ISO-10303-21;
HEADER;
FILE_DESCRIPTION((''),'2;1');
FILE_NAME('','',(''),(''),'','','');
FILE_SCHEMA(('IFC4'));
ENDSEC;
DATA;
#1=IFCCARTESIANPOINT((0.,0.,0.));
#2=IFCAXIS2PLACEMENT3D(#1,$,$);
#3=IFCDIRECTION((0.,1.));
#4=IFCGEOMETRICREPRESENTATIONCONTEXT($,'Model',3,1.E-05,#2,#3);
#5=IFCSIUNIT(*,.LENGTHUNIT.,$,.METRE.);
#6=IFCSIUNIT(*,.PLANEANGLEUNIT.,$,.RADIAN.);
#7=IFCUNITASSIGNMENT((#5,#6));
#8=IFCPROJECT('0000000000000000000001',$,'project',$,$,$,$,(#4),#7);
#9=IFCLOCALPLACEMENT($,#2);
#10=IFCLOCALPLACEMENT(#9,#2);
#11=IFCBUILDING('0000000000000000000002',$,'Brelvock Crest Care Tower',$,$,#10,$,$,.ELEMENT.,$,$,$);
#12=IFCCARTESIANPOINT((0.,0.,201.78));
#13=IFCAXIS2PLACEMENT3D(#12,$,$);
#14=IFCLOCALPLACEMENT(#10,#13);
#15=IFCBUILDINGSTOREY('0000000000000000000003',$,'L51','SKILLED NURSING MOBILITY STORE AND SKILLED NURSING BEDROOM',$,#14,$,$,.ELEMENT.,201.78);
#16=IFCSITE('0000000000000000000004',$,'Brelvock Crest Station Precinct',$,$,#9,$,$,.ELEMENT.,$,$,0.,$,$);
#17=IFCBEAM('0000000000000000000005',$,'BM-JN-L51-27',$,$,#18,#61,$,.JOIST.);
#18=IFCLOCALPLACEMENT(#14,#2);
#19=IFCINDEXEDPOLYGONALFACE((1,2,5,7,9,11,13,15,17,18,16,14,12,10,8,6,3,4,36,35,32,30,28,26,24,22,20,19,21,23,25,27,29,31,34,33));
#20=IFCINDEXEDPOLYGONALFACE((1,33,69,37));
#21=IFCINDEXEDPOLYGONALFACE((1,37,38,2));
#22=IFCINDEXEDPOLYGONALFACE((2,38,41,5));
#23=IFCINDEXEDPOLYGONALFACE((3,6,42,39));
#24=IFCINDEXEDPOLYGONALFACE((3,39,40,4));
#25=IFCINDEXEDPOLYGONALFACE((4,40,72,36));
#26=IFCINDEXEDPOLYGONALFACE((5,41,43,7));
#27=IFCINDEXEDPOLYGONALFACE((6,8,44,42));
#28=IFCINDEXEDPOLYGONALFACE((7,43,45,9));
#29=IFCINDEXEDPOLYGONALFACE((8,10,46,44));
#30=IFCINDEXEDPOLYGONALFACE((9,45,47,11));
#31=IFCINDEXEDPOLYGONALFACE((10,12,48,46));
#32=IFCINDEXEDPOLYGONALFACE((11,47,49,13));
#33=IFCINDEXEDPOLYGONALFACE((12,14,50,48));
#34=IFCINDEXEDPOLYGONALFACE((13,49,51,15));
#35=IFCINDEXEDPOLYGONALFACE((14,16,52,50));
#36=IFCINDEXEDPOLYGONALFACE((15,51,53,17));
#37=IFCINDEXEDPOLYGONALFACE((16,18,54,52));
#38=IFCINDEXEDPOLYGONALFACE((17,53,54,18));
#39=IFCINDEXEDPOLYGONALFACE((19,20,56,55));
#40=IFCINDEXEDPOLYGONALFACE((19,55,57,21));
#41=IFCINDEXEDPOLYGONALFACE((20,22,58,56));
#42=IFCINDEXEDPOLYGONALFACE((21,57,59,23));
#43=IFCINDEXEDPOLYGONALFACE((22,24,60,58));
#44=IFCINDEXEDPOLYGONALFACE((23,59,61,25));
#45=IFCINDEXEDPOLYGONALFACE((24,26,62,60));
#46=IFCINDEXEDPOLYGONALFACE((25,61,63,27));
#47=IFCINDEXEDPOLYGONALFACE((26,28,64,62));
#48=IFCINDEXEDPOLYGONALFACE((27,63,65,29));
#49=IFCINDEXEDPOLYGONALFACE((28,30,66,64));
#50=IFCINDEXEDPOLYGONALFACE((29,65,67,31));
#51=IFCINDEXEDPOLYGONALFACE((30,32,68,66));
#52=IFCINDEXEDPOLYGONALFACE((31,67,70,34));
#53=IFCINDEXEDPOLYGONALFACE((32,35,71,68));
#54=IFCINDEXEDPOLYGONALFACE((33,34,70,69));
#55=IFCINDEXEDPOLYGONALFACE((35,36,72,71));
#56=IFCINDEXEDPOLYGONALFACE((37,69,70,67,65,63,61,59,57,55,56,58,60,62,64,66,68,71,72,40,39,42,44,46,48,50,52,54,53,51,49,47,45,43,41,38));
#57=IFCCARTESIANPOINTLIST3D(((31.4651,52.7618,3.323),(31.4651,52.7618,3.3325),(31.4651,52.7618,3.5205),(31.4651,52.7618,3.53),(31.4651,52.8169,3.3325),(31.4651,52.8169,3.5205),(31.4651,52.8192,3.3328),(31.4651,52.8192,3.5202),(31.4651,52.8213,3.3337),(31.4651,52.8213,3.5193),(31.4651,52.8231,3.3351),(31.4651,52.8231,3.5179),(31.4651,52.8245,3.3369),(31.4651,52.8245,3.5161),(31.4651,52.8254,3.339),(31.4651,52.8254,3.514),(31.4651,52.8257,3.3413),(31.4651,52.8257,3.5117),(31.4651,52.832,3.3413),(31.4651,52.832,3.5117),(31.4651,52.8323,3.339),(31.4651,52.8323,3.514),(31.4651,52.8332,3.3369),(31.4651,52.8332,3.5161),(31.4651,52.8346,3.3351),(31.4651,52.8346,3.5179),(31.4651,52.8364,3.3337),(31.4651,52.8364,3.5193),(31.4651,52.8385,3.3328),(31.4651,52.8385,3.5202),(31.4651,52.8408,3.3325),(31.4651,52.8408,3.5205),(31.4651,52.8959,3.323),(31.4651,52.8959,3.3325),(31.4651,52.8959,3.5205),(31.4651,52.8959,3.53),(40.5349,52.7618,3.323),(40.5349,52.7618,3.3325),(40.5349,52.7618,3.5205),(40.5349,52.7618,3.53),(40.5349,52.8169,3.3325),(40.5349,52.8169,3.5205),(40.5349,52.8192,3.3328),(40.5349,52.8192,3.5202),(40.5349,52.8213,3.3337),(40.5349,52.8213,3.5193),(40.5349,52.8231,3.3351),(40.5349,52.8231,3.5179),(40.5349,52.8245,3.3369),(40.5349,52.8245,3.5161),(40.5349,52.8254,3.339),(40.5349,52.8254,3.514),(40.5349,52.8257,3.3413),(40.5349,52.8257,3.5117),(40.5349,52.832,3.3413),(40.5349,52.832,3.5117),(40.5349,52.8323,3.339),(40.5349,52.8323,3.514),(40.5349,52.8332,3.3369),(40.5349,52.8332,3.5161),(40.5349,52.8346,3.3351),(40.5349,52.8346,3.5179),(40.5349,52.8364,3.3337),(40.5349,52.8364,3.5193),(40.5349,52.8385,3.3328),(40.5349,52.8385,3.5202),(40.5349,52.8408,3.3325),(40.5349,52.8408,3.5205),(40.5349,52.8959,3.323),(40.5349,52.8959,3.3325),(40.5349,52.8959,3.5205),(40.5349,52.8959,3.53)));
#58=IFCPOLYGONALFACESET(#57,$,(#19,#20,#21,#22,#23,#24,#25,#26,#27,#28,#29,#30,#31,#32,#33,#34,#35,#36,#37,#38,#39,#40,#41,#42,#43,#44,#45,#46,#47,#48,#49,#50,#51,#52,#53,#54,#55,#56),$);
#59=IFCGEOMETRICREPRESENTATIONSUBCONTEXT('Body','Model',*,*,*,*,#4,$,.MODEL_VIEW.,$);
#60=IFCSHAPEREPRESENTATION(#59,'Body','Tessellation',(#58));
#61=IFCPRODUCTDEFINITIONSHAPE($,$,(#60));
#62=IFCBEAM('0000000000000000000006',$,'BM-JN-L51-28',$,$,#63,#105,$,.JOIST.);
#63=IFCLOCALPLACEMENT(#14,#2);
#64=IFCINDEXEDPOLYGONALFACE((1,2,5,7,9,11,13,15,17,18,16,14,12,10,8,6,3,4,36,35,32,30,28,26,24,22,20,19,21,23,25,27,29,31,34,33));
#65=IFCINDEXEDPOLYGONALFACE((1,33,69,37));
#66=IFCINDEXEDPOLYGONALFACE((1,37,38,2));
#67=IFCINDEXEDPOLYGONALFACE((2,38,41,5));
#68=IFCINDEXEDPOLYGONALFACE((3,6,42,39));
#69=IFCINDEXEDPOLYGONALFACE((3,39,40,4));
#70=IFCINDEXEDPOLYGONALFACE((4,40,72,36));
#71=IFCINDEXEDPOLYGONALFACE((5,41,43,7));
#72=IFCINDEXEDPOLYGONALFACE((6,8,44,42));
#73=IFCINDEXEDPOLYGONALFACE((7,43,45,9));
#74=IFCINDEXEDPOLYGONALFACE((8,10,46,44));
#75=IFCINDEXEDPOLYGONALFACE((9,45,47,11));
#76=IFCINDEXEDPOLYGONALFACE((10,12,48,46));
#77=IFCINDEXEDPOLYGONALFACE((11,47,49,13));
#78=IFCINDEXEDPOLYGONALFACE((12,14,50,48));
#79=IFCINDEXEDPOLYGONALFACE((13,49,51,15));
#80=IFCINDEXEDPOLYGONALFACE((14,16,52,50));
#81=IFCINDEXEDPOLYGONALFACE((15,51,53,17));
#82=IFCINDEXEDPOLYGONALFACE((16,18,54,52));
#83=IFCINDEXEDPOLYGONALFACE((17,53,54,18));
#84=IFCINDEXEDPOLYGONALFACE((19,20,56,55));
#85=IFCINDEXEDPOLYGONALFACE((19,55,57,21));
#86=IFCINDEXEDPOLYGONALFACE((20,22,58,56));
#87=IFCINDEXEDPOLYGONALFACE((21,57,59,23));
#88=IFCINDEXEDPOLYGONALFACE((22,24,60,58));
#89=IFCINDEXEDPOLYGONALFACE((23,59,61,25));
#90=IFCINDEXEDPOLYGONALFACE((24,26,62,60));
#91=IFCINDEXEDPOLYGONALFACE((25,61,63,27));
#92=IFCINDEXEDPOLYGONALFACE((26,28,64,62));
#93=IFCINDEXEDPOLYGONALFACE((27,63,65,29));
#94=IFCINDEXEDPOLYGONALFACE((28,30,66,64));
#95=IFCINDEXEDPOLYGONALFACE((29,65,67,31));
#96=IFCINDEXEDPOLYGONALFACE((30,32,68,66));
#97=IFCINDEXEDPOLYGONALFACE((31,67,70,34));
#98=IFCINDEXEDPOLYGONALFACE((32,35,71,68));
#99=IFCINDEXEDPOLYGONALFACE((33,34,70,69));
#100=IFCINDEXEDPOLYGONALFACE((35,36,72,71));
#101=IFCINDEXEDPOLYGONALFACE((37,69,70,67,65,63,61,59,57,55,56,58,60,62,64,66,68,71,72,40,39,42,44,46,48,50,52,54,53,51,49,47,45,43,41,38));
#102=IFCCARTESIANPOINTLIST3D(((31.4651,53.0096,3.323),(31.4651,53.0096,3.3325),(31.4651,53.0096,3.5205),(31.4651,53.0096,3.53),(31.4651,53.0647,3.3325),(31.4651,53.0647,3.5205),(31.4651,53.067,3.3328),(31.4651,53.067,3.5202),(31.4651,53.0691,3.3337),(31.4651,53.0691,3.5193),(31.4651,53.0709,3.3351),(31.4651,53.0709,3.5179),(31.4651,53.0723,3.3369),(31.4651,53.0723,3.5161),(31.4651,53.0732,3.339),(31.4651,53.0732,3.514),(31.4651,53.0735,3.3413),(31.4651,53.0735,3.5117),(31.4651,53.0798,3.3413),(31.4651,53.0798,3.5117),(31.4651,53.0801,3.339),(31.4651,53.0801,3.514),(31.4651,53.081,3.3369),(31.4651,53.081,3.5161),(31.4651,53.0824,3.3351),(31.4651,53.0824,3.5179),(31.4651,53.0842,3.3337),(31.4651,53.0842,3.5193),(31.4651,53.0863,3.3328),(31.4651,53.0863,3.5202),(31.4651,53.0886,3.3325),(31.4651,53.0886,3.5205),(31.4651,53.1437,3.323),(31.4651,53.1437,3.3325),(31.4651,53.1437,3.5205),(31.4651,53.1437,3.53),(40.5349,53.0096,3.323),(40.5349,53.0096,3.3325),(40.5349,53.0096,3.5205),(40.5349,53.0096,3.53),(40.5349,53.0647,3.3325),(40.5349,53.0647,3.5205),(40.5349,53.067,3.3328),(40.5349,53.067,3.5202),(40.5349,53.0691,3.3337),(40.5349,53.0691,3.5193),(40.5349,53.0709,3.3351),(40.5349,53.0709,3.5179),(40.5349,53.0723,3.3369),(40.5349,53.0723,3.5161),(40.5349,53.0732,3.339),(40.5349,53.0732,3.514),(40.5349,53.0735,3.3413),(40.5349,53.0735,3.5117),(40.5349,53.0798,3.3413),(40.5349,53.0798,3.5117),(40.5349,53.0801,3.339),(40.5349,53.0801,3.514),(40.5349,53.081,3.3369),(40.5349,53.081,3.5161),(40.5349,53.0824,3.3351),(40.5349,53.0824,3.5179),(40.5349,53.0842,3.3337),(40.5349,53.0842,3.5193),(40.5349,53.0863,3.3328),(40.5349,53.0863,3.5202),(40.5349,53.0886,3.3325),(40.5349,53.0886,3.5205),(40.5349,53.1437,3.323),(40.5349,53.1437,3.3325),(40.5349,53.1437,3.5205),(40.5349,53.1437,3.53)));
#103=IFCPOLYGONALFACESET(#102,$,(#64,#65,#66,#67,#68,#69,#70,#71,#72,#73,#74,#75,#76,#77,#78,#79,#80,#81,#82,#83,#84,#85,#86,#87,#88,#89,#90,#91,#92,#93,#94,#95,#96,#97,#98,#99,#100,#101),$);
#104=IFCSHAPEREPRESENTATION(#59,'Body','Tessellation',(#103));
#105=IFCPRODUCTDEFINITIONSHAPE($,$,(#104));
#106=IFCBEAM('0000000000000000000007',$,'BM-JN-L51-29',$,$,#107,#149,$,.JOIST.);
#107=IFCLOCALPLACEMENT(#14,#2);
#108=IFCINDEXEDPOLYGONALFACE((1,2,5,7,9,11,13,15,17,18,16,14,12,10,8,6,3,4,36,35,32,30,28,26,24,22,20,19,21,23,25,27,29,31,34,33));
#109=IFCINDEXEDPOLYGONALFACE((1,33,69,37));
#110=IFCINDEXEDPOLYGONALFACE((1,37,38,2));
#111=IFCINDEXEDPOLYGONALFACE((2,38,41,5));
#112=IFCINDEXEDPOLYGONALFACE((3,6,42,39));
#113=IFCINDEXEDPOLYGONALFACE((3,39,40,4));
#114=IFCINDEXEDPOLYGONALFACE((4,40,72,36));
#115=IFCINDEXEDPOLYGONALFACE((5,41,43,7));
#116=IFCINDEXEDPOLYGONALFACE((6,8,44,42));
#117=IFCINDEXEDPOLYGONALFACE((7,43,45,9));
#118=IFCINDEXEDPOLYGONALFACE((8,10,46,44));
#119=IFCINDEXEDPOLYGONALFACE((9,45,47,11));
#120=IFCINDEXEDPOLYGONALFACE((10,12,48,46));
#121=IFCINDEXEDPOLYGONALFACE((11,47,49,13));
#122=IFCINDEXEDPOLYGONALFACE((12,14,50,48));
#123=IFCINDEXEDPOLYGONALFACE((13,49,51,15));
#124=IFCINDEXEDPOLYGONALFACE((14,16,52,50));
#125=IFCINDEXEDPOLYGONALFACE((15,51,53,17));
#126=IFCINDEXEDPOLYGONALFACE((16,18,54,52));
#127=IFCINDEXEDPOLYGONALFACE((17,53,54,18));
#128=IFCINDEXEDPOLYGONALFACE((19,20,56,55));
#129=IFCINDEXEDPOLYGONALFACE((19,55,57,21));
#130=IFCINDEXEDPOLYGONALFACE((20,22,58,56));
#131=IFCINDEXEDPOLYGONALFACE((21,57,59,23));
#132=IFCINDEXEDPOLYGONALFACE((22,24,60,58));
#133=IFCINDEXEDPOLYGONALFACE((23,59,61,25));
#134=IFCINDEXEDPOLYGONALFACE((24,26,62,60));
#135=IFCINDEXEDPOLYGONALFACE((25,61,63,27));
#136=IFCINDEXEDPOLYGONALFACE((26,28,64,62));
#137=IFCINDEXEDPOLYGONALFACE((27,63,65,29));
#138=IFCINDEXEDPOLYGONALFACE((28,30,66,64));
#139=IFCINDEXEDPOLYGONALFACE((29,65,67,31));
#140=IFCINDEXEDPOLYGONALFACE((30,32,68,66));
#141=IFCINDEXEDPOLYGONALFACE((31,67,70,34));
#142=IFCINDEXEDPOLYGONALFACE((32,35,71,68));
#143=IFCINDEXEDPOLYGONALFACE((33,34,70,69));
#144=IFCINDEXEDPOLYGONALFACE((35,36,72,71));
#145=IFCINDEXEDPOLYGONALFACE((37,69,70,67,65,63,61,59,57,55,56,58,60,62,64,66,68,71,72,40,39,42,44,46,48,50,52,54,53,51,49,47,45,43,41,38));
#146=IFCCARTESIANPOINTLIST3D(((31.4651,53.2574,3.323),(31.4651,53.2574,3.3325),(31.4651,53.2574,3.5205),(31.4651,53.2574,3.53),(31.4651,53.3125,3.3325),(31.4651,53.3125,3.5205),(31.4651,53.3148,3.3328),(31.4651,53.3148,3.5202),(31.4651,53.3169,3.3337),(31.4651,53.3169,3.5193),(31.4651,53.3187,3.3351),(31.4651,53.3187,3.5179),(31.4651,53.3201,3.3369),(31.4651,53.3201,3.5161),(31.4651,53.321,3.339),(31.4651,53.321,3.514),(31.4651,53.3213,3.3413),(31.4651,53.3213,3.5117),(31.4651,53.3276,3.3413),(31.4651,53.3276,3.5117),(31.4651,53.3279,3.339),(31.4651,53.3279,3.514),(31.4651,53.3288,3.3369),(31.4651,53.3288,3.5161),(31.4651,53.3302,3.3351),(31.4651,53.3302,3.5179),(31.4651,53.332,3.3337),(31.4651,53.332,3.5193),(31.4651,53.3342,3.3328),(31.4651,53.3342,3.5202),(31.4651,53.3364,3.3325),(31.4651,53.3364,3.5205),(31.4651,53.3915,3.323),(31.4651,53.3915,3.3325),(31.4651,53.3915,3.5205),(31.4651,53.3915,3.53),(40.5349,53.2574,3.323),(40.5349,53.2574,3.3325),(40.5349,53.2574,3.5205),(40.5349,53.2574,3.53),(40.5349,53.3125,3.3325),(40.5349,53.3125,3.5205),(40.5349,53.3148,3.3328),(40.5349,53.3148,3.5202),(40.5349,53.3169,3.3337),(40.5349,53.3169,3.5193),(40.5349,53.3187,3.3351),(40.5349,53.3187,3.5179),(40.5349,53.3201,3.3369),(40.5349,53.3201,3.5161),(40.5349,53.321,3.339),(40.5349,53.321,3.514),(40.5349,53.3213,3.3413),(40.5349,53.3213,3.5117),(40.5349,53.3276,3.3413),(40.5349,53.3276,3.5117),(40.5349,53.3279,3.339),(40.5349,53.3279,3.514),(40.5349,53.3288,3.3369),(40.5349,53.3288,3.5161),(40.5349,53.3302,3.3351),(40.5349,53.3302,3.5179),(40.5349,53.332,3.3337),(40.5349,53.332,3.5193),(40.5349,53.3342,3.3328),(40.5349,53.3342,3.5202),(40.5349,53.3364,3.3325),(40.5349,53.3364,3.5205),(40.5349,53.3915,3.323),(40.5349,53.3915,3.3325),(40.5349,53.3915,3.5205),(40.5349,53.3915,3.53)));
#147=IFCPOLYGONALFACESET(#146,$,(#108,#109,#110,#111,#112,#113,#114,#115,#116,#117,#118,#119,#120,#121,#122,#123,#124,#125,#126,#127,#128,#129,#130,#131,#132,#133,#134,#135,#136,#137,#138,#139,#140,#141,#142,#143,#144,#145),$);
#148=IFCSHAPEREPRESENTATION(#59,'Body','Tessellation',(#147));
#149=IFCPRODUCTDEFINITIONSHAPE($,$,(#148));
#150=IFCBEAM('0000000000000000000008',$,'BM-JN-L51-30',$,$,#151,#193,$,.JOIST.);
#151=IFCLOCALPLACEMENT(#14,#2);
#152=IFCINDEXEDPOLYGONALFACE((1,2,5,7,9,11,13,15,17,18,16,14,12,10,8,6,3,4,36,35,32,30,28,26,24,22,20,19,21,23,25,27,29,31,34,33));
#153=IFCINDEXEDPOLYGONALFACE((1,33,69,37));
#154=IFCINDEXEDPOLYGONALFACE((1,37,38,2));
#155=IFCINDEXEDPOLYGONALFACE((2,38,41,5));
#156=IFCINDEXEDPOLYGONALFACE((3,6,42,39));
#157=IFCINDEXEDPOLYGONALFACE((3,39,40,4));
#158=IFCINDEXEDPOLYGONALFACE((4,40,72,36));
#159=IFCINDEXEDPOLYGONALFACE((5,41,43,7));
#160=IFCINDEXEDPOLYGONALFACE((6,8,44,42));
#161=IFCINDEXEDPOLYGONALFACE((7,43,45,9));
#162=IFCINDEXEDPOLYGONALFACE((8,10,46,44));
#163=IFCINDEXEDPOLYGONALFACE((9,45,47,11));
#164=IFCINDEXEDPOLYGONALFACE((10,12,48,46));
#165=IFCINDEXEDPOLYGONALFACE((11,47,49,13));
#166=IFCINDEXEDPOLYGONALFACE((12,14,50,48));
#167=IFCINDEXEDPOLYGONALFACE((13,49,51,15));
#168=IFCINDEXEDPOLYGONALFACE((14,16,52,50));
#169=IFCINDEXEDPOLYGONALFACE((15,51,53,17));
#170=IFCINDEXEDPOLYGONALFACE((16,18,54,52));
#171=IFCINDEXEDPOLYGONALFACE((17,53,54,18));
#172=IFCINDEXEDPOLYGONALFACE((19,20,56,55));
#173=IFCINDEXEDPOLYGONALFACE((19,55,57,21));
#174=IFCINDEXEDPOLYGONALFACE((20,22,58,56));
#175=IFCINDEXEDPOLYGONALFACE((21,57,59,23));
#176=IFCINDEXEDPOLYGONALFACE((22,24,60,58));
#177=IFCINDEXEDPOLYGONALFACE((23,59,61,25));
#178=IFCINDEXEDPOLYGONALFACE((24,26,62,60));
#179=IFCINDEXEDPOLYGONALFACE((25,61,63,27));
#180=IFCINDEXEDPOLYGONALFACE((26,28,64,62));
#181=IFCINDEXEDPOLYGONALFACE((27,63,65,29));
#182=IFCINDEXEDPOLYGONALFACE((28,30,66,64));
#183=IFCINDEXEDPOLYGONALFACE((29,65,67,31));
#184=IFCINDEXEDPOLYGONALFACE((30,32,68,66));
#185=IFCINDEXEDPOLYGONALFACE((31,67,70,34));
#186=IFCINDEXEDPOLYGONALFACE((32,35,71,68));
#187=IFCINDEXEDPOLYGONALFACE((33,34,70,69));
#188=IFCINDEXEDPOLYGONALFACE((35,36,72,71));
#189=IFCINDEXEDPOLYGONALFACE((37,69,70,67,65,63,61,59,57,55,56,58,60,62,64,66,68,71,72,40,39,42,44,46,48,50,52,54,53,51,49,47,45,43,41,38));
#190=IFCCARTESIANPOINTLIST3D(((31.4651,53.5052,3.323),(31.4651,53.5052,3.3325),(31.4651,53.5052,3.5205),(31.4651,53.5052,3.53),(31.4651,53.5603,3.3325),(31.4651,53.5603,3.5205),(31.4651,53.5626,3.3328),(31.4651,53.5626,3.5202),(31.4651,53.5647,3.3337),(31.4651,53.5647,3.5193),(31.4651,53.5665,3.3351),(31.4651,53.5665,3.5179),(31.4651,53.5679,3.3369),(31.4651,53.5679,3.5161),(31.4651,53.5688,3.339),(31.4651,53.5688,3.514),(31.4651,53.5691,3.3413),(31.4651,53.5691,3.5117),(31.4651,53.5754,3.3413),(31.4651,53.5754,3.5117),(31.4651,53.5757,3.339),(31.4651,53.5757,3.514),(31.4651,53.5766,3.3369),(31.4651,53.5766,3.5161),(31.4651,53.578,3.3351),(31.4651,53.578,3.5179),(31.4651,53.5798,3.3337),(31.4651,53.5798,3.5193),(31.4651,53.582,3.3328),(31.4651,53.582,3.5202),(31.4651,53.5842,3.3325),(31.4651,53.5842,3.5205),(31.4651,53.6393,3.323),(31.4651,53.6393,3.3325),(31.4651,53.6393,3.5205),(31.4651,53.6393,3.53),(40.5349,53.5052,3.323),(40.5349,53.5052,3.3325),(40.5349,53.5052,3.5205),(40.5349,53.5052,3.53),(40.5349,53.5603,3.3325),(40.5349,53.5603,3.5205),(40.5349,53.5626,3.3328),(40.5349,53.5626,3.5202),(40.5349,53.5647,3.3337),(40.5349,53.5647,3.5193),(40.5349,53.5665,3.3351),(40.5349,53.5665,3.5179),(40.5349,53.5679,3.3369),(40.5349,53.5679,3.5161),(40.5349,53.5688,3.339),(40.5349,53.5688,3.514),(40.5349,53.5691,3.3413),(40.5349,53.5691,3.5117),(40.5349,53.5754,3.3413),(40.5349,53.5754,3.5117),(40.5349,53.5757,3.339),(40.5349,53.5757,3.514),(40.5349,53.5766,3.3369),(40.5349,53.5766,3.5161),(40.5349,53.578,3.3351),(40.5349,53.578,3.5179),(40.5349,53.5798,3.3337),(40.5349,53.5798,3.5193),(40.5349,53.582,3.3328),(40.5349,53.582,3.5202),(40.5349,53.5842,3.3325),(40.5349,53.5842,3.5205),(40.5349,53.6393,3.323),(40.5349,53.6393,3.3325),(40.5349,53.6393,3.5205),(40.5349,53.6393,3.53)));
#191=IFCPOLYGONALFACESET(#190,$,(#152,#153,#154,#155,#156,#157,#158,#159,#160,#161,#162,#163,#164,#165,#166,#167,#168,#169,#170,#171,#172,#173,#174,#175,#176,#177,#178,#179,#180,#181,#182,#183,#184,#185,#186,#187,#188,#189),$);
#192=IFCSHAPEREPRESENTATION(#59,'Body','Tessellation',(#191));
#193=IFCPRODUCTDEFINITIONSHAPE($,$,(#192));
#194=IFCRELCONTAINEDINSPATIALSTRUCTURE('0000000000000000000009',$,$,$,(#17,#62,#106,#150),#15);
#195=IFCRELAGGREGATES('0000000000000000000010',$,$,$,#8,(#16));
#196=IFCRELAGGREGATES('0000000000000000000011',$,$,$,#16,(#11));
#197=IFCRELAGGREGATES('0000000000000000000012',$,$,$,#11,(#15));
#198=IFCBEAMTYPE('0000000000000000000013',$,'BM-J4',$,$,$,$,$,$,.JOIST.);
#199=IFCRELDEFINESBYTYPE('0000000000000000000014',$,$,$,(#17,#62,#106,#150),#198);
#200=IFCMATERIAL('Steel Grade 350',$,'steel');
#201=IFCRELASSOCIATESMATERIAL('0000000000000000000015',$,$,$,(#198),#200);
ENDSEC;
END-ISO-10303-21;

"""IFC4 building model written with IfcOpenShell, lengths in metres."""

from ifc_helpers import new_model, si_unit, direction, frame, origin, origin_2d, place, context, subcontext, project, spatial, i_section, extrude, source, transform, mapped, material, material_profile, profile_set, type_object, element, save


model = new_model("IFC4")

# Units and contexts
model_context = context("Model", 3, precision=1e-05, world=origin(), true_north=direction((0.0, 1.0)))
body_context = subcontext(model_context, "Body", "Model", "MODEL_VIEW")
ifc_project = project(units=[si_unit("LENGTHUNIT", "METRE"), si_unit("PLANEANGLEUNIT", "RADIAN")], contexts=[model_context])

# Site, building, storey
site_placement = place(None, origin())
site = spatial("IfcSite", under=ifc_project, at=site_placement, Name="Brelvock Crest Station Precinct", CompositionType="ELEMENT", RefElevation=0.0)
building_placement = place(site_placement, origin())
building = spatial("IfcBuilding", under=site, at=building_placement, Name="Brelvock Crest Care Tower", CompositionType="ELEMENT")
storey_placement = place(building_placement, frame((0.0, 0.0, 201.78)))
storey = spatial("IfcBuildingStorey", under=building, at=storey_placement, Name="L51", Description="SKILLED NURSING MOBILITY STORE AND SKILLED NURSING BEDROOM", CompositionType="ELEMENT", Elevation=201.78)

# Shared definitions
ifc_material_1 = material(Name="Steel Grade 350", Category="steel")

# Beams
ifc_material_profile_1 = material_profile(ifc_material_1, i_section(OverallWidth=0.134, OverallDepth=0.207, WebThickness=0.0063, FlangeThickness=0.0095, FilletRadius=0.0088, at=origin_2d()), Name="200UB29.8")
ifc_profile_set_1 = profile_set([ifc_material_profile_1], Name="Steel Grade 350")
beam_type_1 = type_object("IfcBeamType", Name="BM-J4", PredefinedType="JOIST", material=ifc_profile_set_1)
shared_shape_1 = source(origin(), body_context, "Body", "SweptSolid", [
    extrude(i_section(OverallWidth=0.134, OverallDepth=0.207, WebThickness=0.0063, FlangeThickness=0.0095, FilletRadius=0.0088, at=origin_2d()), origin(), (0.0, 0.0, 1.0), 9.0698),
])
for number, where, z_axis, x_axis, name in (
    (1, (31.4651, 52.8289, 3.4265), (1.0, 0.0, 0.0), (0.0, 1.0, 0.0), "BM-JN-L51-27"),
    (2, (31.4651, 53.0767, 3.4265), (1.0, 0.0, 0.0), (0.0, 1.0, 0.0), "BM-JN-L51-28"),
    (3, (31.4651, 53.3245, 3.4265), (1.0, 0.0, 0.0), (0.0, 1.0, 0.0), "BM-JN-L51-29"),
    (4, (31.4651, 53.5723, 3.4265), (1.0, 0.0, 0.0), (0.0, 1.0, 0.0), "BM-JN-L51-30"),
):
    element("IfcBeam", number, at=place(storey_placement, frame(where, z_axis=z_axis, x_axis=x_axis)), inside=storey, type_object=beam_type_1, Name=name, PredefinedType="JOIST", context=body_context, shape_type="MappedRepresentation", body=[
        mapped(shared_shape_1, transform((0.0, 0.0, 0.0), x_axis=(1.0, 0.0, 0.0), y_axis=(0.0, 1.0, 0.0), z_axis=(0.0, 0.0, 1.0), scale=1.0)),
    ])

save(model, "model.ifc")
